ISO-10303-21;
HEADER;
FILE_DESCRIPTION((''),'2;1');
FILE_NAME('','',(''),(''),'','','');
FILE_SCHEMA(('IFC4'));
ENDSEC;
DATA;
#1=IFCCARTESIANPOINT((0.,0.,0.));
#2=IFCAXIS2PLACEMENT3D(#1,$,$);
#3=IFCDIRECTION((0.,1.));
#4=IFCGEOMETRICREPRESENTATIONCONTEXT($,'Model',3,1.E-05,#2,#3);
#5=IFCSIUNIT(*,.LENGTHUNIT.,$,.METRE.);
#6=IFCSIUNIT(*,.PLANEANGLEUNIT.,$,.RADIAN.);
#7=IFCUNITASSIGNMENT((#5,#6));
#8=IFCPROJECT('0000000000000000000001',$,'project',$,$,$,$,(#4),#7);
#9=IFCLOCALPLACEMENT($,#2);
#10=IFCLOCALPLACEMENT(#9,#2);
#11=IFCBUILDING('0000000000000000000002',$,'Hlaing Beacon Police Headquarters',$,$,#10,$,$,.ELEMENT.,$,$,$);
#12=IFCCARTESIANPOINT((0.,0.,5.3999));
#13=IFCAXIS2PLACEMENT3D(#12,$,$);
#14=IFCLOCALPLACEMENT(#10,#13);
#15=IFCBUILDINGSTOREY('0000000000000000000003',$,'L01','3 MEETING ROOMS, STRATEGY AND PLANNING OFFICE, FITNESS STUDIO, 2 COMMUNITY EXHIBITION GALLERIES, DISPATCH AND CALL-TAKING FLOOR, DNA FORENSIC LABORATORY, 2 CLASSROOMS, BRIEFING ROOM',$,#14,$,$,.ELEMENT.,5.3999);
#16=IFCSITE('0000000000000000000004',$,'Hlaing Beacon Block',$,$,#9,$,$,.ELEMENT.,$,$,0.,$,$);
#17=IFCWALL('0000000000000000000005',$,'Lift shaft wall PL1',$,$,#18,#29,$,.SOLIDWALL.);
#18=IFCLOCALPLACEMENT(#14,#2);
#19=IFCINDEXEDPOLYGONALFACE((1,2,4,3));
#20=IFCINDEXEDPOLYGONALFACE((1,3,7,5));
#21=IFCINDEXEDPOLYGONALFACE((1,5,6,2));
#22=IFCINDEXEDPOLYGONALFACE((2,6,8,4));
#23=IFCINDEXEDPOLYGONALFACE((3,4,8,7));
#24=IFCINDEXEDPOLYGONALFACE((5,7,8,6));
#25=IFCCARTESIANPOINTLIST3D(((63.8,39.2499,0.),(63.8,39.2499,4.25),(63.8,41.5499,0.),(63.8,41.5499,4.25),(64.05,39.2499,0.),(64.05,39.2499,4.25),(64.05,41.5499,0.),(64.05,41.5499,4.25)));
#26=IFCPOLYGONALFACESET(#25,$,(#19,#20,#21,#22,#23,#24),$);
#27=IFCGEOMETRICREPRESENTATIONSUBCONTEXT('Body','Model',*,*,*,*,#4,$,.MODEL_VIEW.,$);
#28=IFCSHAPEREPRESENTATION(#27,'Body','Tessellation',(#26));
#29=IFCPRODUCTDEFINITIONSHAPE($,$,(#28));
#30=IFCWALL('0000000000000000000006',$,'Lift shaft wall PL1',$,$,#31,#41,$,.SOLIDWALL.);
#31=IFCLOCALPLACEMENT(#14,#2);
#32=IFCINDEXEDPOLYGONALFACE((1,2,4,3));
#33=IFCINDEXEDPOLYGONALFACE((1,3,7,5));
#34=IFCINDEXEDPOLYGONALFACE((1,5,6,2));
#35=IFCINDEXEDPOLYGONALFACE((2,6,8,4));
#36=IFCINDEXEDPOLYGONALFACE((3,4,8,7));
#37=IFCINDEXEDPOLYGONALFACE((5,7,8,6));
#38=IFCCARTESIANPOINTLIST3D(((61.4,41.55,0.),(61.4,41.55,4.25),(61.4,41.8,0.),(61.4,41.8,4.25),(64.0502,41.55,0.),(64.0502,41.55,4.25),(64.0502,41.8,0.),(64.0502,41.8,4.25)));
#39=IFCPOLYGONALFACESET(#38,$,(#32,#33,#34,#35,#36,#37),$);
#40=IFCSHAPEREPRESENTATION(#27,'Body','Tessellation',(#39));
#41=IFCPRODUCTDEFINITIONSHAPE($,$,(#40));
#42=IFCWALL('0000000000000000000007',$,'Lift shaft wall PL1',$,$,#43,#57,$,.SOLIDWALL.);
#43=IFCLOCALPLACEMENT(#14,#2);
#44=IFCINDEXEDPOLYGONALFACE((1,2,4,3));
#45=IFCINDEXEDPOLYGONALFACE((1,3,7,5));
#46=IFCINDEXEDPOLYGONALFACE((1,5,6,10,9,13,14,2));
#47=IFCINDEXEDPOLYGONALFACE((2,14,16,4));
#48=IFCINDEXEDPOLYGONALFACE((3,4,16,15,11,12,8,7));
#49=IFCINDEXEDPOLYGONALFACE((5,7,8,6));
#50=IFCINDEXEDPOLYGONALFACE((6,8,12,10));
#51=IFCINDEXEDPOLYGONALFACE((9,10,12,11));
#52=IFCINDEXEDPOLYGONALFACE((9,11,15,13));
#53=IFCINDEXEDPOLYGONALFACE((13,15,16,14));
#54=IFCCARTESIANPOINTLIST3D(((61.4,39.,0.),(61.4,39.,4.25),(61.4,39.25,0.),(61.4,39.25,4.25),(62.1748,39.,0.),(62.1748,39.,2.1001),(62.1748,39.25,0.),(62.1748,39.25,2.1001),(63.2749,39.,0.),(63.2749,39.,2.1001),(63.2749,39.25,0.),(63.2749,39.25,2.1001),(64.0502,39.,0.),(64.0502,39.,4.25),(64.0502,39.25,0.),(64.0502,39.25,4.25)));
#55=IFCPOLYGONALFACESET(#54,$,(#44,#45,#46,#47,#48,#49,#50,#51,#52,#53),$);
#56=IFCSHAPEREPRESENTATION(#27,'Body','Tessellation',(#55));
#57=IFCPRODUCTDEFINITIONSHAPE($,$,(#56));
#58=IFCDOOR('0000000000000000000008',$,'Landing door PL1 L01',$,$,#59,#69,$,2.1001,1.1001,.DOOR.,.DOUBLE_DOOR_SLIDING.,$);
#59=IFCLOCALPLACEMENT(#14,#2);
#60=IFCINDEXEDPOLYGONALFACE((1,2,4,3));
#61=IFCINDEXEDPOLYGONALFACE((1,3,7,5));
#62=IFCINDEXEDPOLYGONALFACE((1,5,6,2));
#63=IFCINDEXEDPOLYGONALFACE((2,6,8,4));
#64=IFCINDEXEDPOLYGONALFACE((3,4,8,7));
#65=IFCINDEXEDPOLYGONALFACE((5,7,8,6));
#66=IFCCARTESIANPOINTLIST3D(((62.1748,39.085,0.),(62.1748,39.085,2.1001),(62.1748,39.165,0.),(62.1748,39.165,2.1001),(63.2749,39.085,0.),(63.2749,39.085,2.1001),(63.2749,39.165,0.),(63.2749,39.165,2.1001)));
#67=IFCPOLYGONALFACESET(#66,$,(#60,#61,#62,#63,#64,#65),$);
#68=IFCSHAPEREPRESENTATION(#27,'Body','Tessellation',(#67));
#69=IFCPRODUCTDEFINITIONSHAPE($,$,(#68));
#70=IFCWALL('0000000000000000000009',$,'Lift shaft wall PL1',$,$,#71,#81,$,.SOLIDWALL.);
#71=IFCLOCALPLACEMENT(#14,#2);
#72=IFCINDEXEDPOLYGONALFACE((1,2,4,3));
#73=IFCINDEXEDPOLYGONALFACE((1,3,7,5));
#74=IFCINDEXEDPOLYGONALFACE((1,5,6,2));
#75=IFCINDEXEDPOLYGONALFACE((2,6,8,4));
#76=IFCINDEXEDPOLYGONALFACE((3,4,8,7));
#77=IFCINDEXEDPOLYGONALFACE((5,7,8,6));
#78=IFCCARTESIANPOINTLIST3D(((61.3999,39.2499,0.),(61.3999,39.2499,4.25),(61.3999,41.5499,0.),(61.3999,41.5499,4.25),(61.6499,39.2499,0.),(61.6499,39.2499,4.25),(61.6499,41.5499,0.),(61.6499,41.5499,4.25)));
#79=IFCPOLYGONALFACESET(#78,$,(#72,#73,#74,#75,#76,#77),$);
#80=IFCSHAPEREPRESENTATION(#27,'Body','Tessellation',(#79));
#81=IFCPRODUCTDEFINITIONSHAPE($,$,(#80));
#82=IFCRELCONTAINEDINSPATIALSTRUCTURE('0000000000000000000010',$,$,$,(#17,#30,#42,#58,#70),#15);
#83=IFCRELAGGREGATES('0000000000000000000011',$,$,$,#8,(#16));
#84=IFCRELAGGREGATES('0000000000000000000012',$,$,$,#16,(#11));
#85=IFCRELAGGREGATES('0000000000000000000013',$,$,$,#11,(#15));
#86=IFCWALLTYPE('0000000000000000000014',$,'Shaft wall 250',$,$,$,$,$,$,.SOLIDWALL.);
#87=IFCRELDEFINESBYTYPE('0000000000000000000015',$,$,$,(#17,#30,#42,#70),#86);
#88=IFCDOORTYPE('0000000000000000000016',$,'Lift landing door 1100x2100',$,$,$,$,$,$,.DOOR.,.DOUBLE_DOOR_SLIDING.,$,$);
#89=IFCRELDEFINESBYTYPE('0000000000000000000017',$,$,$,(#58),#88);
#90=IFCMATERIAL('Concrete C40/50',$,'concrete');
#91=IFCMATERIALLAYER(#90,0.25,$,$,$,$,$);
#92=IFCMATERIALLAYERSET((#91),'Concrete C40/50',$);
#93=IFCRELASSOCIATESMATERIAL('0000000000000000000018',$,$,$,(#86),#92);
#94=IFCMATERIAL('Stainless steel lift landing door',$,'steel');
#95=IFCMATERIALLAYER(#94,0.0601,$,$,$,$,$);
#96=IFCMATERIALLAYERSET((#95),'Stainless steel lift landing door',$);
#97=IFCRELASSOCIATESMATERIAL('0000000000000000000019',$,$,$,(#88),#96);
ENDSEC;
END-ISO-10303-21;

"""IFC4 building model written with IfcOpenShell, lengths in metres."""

from ifc_helpers import new_model, si_unit, direction, frame, frame_2d, origin, place, context, subcontext, project, spatial, rectangle, extrude, material, layer, layer_set, type_object, element, fill, save


model = new_model("IFC4")

# Units and contexts
model_context = context("Model", 3, precision=1e-05, world=origin(), true_north=direction((0.0, 1.0)))
body_context = subcontext(model_context, "Body", "Model", "MODEL_VIEW")
ifc_project = project(units=[si_unit("LENGTHUNIT", "METRE"), si_unit("PLANEANGLEUNIT", "RADIAN")], contexts=[model_context])

# Site, building, storey
site_placement = place(None, origin())
site = spatial("IfcSite", under=ifc_project, at=site_placement, Name="Hlaing Beacon Block", CompositionType="ELEMENT", RefElevation=0.0)
building_placement = place(site_placement, origin())
building = spatial("IfcBuilding", under=site, at=building_placement, Name="Hlaing Beacon Police Headquarters", CompositionType="ELEMENT")
storey_placement = place(building_placement, frame((0.0, 0.0, 5.3999)))
storey = spatial("IfcBuildingStorey", under=building, at=storey_placement, Name="L01", Description="3 MEETING ROOMS, STRATEGY AND PLANNING OFFICE, FITNESS STUDIO, 2 COMMUNITY EXHIBITION GALLERIES, DISPATCH AND CALL-TAKING FLOOR, DNA FORENSIC LABORATORY, 2 CLASSROOMS, BRIEFING ROOM", CompositionType="ELEMENT", Elevation=5.3999)

# Shared definitions
ifc_material_1 = material(Name="Concrete C40/50", Category="concrete")
ifc_layer_1 = layer(ifc_material_1, 0.25)
ifc_layer_set_1 = layer_set([ifc_layer_1], Name="Concrete C40/50")
wall_type_1 = type_object("IfcWallType", Name="Shaft wall 250", PredefinedType="SOLIDWALL", material=ifc_layer_set_1)

# Walls
wall_1_placement = place(storey_placement, frame((63.925, 39.25, 0.0), z_axis=(0.0, 0.0, 1.0), x_axis=(0.0, 1.0, 0.0)))
element("IfcWall", 1, at=wall_1_placement, inside=storey, type_object=wall_type_1, Name="Lift shaft wall PL1", PredefinedType="SOLIDWALL", context=body_context, shape_type="SweptSolid", body=[
    extrude(rectangle(XDim=2.3, YDim=0.25, at=frame_2d((1.1499, 0.0))), origin(), (0.0, 0.0, 1.0), 4.25),
])
wall_2_placement = place(storey_placement, frame((61.3999, 41.675, 0.0), z_axis=(0.0, 0.0, 1.0), x_axis=(1.0, 0.0, 0.0)))
element("IfcWall", 2, at=wall_2_placement, inside=storey, type_object=wall_type_1, Name="Lift shaft wall PL1", PredefinedType="SOLIDWALL", context=body_context, shape_type="SweptSolid", body=[
    extrude(rectangle(XDim=2.6501, YDim=0.25, at=frame_2d((1.3252, 0.0))), origin(), (0.0, 0.0, 1.0), 4.25),
])

# Wall, opening, door
wall_3_placement = place(storey_placement, frame((61.3999, 39.125, 0.0), z_axis=(0.0, 0.0, 1.0), x_axis=(1.0, 0.0, 0.0)))
wall_3 = element("IfcWall", 3, at=wall_3_placement, inside=storey, type_object=wall_type_1, Name="Lift shaft wall PL1", PredefinedType="SOLIDWALL", context=body_context, shape_type="SweptSolid", body=[
    extrude(rectangle(XDim=2.6501, YDim=0.25, at=frame_2d((1.3252, 0.0))), origin(), (0.0, 0.0, 1.0), 4.25),
])
opening_1_placement = place(wall_3_placement, frame((0.7749, 0.0, 0.0)))
opening_1 = element("IfcOpeningElement", 4, at=opening_1_placement, cuts=wall_3, PredefinedType="OPENING", context=body_context, shape_type="SweptSolid", body=[
    extrude(rectangle(XDim=1.1001, YDim=2.1001, at=frame_2d((0.55, 1.05))), frame((0.0, 0.135, 0.0), z_axis=(0.0, -1.0, 0.0), x_axis=(1.0, 0.0, 0.0)), (0.0, 0.0, 1.0), 0.27),
])
ifc_material_2 = material(Name="Stainless steel lift landing door", Category="steel")
ifc_layer_2 = layer(ifc_material_2, 0.0601)
ifc_layer_set_2 = layer_set([ifc_layer_2], Name="Stainless steel lift landing door")
door_type_1 = type_object("IfcDoorType", Name="Lift landing door 1100x2100", OperationType="DOUBLE_DOOR_SLIDING", PredefinedType="DOOR", material=ifc_layer_set_2)
door_1_placement = place(opening_1_placement, origin())
door_1 = element("IfcDoor", 5, at=door_1_placement, inside=storey, type_object=door_type_1, Name="Landing door PL1 L01", OperationType="DOUBLE_DOOR_SLIDING", OverallHeight=2.1001, OverallWidth=1.1001, PredefinedType="DOOR", context=body_context, shape_type="SweptSolid", body=[
    extrude(rectangle(XDim=1.1001, YDim=2.1001, at=frame_2d((0.55, 1.05))), frame((0.0, 0.04, 0.0), z_axis=(0.0, -1.0, 0.0), x_axis=(1.0, 0.0, 0.0)), (0.0, 0.0, 1.0), 0.0801),
])
fill(opening_1, door_1)

# Wall
wall_4_placement = place(storey_placement, frame((61.5249, 39.25, 0.0), z_axis=(0.0, 0.0, 1.0), x_axis=(0.0, 1.0, 0.0)))
element("IfcWall", 6, at=wall_4_placement, inside=storey, type_object=wall_type_1, Name="Lift shaft wall PL1", PredefinedType="SOLIDWALL", context=body_context, shape_type="SweptSolid", body=[
    extrude(rectangle(XDim=2.3, YDim=0.25, at=frame_2d((1.1499, 0.0))), origin(), (0.0, 0.0, 1.0), 4.25),
])

save(model, "model.ifc")
